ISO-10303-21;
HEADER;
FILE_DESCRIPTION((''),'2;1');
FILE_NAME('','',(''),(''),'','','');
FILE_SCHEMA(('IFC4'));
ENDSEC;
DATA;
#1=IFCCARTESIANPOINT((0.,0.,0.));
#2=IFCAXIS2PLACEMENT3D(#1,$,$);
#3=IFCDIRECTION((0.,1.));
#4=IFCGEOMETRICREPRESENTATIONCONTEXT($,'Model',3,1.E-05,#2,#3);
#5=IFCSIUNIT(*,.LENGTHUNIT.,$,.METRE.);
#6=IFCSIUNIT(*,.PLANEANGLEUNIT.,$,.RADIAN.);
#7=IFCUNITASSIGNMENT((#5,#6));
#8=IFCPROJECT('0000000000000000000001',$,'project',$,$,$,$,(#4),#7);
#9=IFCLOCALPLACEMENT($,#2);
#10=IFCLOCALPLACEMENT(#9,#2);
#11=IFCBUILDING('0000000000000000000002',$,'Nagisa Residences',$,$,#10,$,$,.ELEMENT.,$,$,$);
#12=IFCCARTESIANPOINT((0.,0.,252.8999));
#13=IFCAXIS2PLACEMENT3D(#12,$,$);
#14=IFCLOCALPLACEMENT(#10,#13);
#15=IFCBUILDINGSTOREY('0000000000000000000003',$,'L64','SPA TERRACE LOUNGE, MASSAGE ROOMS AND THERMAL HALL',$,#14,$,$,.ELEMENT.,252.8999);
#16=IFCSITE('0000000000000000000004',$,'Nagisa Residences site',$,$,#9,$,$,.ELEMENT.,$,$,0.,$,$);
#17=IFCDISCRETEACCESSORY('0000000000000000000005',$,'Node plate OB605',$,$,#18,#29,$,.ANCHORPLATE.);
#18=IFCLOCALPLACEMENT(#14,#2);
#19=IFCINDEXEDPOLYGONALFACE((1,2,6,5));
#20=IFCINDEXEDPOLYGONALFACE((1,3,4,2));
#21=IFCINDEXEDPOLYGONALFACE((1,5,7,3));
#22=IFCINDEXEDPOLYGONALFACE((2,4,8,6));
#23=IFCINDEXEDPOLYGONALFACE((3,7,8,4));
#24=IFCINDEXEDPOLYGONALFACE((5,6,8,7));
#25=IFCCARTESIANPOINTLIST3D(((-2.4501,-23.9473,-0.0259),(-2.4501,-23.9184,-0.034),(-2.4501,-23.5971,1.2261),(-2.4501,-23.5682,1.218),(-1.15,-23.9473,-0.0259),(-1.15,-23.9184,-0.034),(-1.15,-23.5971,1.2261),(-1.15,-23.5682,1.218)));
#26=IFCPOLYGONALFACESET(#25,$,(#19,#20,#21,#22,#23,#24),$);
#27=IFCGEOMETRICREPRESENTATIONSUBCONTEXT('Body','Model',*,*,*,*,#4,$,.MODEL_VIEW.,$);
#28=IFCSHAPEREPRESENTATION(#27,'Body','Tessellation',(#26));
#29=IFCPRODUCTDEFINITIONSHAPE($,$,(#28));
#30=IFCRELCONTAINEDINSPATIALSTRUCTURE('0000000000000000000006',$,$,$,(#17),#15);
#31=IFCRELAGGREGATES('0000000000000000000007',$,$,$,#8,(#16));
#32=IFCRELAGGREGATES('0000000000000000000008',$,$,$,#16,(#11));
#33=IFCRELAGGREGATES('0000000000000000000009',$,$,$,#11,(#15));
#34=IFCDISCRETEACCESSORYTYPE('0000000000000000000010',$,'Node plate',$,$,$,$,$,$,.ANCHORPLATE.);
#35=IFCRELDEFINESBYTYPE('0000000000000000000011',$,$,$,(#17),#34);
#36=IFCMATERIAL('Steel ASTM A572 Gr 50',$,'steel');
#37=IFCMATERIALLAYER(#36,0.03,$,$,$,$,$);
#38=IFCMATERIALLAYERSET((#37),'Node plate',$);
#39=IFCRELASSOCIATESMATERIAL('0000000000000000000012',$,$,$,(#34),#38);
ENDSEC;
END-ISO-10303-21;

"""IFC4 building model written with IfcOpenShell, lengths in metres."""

from ifc_helpers import new_model, si_unit, direction, frame, origin, origin_2d, place, context, subcontext, project, spatial, rectangle, extrude, material, layer, layer_set, type_object, element, save


model = new_model("IFC4")

# Units and contexts
model_context = context("Model", 3, precision=1e-05, world=origin(), true_north=direction((0.0, 1.0)))
body_context = subcontext(model_context, "Body", "Model", "MODEL_VIEW")
ifc_project = project(units=[si_unit("LENGTHUNIT", "METRE"), si_unit("PLANEANGLEUNIT", "RADIAN")], contexts=[model_context])

# Site, building, storey
site_placement = place(None, origin())
site = spatial("IfcSite", under=ifc_project, at=site_placement, Name="Nagisa Residences site", CompositionType="ELEMENT", RefElevation=0.0)
building_placement = place(site_placement, origin())
building = spatial("IfcBuilding", under=site, at=building_placement, Name="Nagisa Residences", CompositionType="ELEMENT")
storey_placement = place(building_placement, frame((0.0, 0.0, 252.8999)))
storey = spatial("IfcBuildingStorey", under=building, at=storey_placement, Name="L64", Description="SPA TERRACE LOUNGE, MASSAGE ROOMS AND THERMAL HALL", CompositionType="ELEMENT", Elevation=252.8999)

# Discrete accessory
ifc_material_1 = material(Name="Steel ASTM A572 Gr 50", Category="steel")
ifc_layer = layer(ifc_material_1, 0.03)
ifc_layer_set = layer_set([ifc_layer], Name="Node plate")
discrete_accessory_type = type_object("IfcDiscreteAccessoryType", Name="Node plate", PredefinedType="ANCHORPLATE", material=ifc_layer_set)
discrete_accessory_1_placement = place(storey_placement, frame((-1.8, -23.7722, 0.6001), z_axis=(0.0, 0.963049, -0.269327), x_axis=(-1.0, 0.0, 0.0)))
element("IfcDiscreteAccessory", 1, at=discrete_accessory_1_placement, inside=storey, type_object=discrete_accessory_type, Name="Node plate OB605", PredefinedType="ANCHORPLATE", context=body_context, shape_type="SweptSolid", body=[
    extrude(rectangle(XDim=1.3, YDim=1.3, at=origin_2d()), origin(), (0.0, 0.0, 1.0), 0.03),
])

save(model, "model.ifc")
